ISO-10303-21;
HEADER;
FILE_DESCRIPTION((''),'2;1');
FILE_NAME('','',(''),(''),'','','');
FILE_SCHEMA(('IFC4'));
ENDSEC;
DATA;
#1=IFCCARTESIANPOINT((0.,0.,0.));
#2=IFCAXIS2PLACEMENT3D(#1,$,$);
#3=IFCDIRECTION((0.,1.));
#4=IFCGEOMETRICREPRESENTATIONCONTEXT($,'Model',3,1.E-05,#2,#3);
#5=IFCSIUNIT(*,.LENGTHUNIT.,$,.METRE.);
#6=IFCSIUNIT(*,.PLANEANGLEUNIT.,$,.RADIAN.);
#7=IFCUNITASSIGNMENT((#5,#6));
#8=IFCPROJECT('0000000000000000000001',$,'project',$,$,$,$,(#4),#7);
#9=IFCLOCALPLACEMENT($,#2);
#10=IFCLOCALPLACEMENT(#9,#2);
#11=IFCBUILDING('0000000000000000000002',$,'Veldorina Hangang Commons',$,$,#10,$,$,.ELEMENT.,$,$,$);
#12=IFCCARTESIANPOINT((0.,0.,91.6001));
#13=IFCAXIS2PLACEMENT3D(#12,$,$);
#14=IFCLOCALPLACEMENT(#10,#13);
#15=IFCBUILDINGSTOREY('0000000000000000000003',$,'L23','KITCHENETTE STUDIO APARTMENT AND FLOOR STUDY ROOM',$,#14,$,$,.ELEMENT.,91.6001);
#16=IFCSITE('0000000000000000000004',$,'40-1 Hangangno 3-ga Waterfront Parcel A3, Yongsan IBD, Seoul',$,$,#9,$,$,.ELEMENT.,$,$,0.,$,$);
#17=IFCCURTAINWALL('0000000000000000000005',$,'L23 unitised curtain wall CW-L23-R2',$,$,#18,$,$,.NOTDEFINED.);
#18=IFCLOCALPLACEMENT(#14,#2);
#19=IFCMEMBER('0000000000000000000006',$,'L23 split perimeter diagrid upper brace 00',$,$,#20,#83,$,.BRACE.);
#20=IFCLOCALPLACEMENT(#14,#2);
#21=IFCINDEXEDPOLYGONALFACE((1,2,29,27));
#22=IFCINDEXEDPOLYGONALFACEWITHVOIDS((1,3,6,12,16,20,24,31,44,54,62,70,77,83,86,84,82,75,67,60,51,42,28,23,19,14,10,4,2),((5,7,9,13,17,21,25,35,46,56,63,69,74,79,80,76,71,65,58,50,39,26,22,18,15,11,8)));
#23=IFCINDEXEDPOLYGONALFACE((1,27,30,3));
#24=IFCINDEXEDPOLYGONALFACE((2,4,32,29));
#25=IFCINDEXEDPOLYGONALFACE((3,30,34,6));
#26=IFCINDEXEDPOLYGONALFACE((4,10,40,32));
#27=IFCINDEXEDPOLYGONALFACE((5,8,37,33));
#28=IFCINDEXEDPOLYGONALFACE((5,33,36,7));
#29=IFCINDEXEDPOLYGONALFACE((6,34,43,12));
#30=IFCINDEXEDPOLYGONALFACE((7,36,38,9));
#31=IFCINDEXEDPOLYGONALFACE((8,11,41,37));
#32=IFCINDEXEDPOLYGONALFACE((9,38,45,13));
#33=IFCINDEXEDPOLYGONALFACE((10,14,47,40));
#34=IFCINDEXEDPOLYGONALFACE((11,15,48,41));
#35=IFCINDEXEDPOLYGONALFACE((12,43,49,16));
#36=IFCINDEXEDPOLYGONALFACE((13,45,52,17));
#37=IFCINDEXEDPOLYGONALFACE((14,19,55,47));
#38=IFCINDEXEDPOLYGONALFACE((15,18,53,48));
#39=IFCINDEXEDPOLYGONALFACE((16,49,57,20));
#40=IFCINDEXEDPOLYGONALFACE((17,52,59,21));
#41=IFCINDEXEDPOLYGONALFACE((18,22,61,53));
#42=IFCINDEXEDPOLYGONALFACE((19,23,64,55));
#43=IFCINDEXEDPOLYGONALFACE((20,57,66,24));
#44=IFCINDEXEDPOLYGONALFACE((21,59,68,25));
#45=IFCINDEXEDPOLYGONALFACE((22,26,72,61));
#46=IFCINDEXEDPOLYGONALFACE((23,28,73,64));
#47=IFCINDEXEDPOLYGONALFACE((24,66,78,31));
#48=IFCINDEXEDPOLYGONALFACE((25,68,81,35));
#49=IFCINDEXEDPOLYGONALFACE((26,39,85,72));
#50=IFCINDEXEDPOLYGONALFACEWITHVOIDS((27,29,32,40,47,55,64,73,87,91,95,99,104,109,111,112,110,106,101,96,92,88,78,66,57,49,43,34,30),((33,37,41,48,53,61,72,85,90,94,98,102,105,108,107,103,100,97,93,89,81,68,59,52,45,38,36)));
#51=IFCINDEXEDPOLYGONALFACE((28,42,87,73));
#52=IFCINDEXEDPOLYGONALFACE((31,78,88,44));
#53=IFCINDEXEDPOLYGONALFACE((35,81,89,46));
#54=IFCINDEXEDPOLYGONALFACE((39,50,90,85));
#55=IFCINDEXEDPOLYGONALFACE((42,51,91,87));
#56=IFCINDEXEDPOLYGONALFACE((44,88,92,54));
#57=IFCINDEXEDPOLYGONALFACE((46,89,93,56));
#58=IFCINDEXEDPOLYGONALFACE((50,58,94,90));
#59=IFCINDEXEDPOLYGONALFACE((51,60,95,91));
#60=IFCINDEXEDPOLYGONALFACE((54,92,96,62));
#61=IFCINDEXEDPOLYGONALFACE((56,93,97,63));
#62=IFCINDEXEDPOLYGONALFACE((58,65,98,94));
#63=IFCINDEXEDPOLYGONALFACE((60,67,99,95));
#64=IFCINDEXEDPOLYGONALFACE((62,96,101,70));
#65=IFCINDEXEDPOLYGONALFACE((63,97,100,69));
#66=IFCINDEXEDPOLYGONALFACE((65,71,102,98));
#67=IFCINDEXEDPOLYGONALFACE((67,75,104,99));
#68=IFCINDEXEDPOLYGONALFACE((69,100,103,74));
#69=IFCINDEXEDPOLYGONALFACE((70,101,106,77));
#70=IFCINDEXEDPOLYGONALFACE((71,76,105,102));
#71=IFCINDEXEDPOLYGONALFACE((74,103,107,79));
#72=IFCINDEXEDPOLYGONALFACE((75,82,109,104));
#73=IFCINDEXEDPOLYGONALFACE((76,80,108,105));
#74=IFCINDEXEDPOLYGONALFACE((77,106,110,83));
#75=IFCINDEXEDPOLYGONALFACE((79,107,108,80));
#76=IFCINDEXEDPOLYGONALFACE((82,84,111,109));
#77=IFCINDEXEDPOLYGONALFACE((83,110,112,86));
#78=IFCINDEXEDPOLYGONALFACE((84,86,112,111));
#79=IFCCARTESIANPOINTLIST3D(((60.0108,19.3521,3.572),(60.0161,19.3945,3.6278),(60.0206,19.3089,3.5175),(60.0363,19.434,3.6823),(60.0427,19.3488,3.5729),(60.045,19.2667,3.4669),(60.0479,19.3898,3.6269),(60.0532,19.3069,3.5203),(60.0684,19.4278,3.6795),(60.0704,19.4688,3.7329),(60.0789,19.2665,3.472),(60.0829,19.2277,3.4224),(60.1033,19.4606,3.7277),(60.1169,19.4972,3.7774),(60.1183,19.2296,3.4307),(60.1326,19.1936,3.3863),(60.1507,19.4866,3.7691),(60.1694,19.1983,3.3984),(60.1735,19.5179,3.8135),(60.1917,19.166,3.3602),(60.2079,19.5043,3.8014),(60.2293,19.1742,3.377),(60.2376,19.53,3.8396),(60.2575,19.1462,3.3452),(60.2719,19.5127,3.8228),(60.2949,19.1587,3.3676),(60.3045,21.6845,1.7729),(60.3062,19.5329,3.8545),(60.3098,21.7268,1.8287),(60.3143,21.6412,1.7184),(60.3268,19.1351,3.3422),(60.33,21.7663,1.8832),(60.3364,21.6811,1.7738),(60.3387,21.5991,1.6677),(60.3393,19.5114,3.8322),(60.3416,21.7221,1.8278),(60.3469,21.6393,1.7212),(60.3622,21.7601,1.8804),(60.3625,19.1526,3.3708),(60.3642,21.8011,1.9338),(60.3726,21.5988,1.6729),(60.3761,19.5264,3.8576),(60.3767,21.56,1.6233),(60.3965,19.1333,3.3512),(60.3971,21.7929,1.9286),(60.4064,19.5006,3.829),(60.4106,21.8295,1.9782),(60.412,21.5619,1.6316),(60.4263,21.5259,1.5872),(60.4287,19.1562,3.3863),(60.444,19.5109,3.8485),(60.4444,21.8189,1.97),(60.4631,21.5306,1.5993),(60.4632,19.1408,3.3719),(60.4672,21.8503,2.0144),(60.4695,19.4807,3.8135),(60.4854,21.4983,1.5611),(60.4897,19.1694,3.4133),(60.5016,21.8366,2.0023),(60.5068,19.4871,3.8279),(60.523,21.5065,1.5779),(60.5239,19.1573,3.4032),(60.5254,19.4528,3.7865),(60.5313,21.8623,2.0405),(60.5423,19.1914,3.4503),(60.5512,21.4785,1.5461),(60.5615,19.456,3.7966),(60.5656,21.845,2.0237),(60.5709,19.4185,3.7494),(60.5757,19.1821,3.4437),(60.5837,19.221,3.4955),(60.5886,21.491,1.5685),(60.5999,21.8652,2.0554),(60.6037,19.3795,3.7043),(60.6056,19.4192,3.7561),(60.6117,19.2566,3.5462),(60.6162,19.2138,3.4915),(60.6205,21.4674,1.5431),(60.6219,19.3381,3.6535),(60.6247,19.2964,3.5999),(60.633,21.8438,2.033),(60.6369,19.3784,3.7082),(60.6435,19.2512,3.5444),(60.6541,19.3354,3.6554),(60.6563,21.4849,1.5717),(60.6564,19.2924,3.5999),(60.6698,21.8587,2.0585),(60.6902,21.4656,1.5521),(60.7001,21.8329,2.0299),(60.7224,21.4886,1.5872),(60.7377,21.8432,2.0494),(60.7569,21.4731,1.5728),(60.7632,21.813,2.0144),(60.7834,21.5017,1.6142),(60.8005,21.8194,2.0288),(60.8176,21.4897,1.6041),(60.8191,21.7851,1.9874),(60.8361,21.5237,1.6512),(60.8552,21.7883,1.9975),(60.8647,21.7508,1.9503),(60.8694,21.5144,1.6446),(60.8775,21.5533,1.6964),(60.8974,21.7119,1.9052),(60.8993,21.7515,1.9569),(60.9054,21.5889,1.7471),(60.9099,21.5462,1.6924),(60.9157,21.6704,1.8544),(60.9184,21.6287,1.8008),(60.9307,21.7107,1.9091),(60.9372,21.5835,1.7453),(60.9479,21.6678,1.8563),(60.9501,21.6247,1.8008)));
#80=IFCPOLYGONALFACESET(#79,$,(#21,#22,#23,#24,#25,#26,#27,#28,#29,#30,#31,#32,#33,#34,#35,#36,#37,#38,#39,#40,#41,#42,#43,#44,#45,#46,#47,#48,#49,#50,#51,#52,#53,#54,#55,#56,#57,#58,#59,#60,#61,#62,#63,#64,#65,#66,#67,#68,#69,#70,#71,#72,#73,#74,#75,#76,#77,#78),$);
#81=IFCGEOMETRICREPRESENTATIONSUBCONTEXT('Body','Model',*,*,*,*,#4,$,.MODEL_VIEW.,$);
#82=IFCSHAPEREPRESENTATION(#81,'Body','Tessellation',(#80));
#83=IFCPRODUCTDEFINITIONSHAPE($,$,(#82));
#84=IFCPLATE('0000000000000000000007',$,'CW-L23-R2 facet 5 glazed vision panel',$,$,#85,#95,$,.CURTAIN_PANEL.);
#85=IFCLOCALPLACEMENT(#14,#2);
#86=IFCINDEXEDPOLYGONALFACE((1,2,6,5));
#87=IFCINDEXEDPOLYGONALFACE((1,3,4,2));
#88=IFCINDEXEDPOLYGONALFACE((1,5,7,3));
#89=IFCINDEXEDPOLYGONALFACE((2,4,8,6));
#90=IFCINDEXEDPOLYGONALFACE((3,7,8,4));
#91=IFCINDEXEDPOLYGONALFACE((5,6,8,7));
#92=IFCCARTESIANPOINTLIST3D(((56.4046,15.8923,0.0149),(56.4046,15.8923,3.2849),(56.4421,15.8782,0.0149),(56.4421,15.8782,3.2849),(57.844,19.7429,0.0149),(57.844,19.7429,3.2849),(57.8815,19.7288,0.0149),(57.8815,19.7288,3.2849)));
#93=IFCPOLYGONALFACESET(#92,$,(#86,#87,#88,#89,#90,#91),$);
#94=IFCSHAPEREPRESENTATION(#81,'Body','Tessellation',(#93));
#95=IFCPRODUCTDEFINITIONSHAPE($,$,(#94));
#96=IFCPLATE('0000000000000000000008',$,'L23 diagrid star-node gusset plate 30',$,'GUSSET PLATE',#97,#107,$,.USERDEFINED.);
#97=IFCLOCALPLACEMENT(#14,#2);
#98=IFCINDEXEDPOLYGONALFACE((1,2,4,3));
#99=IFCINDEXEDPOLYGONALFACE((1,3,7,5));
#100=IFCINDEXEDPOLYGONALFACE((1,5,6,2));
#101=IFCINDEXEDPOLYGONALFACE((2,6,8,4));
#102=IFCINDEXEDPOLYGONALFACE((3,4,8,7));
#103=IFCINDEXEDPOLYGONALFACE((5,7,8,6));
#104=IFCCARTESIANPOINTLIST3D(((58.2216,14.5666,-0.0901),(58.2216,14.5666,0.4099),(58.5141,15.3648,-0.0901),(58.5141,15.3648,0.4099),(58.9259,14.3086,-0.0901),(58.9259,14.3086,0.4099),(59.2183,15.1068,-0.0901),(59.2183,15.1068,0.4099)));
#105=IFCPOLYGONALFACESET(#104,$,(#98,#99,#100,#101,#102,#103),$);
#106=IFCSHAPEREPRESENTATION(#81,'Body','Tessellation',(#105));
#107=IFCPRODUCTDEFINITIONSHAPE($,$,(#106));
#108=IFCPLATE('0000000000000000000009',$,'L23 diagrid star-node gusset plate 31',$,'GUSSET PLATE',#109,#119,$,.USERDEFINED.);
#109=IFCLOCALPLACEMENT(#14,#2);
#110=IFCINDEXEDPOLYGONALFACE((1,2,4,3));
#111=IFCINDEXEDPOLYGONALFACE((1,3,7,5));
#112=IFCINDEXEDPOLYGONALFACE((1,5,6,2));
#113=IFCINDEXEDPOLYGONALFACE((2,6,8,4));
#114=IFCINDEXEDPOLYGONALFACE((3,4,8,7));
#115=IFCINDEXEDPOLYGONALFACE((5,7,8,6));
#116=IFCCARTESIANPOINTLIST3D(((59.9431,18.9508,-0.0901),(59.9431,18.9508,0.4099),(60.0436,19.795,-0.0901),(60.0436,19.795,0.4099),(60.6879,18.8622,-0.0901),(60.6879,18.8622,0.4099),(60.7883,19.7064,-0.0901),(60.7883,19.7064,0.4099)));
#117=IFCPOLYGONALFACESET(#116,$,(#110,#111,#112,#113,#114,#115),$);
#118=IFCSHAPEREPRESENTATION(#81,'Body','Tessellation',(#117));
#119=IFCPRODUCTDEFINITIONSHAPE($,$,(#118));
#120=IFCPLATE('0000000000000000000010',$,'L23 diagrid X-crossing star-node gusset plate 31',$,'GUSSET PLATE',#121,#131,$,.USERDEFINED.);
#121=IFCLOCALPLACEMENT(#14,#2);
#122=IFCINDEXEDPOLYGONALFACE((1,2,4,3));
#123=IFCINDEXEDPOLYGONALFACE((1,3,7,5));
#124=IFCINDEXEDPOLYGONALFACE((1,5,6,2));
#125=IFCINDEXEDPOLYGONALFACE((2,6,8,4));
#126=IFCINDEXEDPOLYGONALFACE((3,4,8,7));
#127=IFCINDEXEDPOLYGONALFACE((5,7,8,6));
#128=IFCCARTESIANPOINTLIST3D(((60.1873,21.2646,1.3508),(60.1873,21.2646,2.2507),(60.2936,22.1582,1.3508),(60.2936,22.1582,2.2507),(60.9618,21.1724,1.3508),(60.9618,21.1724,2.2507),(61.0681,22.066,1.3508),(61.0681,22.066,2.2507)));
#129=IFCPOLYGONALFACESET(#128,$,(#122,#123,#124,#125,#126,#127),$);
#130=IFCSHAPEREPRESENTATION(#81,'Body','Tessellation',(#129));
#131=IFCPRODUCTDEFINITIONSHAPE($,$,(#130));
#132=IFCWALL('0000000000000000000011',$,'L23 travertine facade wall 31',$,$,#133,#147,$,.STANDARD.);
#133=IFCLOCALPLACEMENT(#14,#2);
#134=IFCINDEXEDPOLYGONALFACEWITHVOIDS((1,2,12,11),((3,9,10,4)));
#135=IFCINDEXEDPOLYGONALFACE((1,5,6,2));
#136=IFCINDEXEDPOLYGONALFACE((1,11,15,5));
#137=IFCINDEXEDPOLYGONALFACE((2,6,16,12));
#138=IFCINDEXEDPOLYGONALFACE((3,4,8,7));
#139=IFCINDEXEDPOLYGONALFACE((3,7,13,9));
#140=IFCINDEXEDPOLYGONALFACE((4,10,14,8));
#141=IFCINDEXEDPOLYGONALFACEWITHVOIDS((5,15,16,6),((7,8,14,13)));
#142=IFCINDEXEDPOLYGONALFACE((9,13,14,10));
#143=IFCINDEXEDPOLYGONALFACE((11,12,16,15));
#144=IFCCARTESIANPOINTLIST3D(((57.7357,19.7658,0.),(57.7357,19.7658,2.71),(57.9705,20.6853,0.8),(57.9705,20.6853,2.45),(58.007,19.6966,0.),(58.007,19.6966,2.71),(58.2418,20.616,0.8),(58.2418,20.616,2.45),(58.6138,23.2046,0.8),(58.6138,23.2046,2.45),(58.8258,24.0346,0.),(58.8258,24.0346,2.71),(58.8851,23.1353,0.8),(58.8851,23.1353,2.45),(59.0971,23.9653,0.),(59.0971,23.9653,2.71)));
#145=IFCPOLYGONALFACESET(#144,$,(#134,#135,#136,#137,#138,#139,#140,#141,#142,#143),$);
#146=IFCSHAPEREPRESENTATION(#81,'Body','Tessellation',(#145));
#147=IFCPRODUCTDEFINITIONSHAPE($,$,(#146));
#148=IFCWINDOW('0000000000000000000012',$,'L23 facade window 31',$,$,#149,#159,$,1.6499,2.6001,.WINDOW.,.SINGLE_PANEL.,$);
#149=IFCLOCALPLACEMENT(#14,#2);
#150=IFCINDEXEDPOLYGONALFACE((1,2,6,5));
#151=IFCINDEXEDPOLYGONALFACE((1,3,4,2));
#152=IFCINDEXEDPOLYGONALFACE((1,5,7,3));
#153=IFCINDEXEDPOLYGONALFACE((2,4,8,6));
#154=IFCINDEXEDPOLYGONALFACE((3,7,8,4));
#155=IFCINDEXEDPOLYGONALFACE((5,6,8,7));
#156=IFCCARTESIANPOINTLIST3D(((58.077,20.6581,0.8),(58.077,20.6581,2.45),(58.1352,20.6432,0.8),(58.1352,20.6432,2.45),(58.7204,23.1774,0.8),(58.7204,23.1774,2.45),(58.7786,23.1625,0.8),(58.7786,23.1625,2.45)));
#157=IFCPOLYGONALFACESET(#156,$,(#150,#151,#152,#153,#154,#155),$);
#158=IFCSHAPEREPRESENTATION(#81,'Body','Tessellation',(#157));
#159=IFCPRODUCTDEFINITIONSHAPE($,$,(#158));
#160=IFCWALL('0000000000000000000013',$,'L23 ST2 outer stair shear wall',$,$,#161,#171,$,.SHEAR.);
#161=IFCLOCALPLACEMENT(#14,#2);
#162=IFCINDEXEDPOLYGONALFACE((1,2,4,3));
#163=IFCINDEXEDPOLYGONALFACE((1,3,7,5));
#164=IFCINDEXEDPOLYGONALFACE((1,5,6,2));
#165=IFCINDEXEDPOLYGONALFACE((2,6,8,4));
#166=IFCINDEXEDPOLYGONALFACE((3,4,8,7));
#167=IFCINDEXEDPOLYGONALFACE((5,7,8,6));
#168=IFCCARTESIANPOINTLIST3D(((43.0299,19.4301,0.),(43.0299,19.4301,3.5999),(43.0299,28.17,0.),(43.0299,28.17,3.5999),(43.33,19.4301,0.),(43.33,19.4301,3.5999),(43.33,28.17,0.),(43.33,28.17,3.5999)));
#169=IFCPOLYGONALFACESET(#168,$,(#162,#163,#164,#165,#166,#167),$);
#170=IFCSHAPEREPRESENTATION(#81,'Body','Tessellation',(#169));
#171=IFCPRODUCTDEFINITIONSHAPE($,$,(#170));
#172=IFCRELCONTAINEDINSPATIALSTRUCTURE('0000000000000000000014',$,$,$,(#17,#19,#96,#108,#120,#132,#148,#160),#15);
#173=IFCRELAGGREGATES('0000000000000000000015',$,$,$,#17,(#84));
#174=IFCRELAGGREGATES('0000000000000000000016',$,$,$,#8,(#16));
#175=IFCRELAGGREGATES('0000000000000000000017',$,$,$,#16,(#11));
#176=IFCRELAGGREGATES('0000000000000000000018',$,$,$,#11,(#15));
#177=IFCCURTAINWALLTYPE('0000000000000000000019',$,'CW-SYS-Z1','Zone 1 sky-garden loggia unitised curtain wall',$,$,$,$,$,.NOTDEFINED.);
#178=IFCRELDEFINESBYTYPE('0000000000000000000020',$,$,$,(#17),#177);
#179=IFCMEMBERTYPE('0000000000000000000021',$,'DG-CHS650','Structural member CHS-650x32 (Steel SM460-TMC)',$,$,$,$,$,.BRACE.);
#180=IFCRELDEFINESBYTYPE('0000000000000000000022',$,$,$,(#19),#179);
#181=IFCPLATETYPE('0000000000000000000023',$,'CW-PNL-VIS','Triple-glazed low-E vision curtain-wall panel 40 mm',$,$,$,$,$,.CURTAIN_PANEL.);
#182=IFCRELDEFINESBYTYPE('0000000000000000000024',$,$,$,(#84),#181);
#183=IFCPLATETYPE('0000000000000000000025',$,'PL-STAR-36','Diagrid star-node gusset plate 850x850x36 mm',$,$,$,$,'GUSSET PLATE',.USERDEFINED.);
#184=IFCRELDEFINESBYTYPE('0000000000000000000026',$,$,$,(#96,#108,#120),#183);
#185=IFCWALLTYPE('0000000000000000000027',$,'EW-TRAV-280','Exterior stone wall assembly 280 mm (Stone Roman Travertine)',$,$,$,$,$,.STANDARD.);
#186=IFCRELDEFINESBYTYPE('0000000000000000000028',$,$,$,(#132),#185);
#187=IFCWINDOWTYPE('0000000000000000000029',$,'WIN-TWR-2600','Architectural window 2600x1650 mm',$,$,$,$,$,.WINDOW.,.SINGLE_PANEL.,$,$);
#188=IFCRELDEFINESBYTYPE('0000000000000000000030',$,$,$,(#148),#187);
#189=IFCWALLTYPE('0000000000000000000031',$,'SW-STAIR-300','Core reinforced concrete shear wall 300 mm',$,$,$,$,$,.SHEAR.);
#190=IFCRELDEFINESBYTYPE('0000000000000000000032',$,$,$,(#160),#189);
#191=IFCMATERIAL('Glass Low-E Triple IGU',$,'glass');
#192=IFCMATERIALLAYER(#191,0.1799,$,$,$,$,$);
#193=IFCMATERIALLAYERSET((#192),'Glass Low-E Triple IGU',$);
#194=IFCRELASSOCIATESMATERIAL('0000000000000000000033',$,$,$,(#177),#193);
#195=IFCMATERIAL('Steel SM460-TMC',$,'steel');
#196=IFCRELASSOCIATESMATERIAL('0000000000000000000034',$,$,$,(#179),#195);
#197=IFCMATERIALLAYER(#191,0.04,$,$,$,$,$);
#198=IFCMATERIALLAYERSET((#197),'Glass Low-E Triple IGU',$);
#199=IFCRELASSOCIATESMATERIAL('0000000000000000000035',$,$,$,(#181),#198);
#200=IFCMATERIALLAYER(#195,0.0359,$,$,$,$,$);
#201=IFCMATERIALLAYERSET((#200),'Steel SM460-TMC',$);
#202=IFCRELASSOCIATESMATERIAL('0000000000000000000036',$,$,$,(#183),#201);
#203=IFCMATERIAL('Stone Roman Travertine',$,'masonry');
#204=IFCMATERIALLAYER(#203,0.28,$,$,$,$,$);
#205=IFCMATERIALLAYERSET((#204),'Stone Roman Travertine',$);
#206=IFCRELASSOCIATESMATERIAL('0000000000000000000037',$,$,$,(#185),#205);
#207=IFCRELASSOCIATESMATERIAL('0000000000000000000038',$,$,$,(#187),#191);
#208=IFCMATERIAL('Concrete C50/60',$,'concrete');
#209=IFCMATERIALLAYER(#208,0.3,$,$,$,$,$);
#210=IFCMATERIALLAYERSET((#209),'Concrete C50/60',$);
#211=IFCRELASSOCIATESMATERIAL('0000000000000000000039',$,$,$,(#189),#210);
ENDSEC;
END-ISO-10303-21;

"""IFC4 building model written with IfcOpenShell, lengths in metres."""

from ifc_helpers import new_model, si_unit, direction, frame, frame_2d, origin, origin_2d, place, context, subcontext, project, spatial, rectangle, hollow_circle, extrude, material, layer, layer_set, material_profile, profile_set, type_object, element, fill, aggregate, save


model = new_model("IFC4")

# Units and contexts
model_context = context("Model", 3, precision=1e-05, world=origin(), true_north=direction((0.0, 1.0)))
body_context = subcontext(model_context, "Body", "Model", "MODEL_VIEW")
ifc_project = project(units=[si_unit("LENGTHUNIT", "METRE"), si_unit("PLANEANGLEUNIT", "RADIAN")], contexts=[model_context])

# Site, building, storey
site_placement = place(None, origin())
site = spatial("IfcSite", under=ifc_project, at=site_placement, Name="40-1 Hangangno 3-ga Waterfront Parcel A3, Yongsan IBD, Seoul", CompositionType="ELEMENT", RefElevation=0.0)
building_placement = place(site_placement, origin())
building = spatial("IfcBuilding", under=site, at=building_placement, Name="Veldorina Hangang Commons", CompositionType="ELEMENT")
storey_placement = place(building_placement, frame((0.0, 0.0, 91.6001)))
storey = spatial("IfcBuildingStorey", under=building, at=storey_placement, Name="L23", Description="KITCHENETTE STUDIO APARTMENT AND FLOOR STUDY ROOM", CompositionType="ELEMENT", Elevation=91.6001)

# Curtain wall
ifc_material_1 = material(Name="Glass Low-E Triple IGU", Category="glass")
ifc_layer_1 = layer(ifc_material_1, 0.1799)
ifc_layer_set_1 = layer_set([ifc_layer_1], Name="Glass Low-E Triple IGU")
curtain_wall_type = type_object("IfcCurtainWallType", Name="CW-SYS-Z1", Description="Zone 1 sky-garden loggia unitised curtain wall", PredefinedType="NOTDEFINED", material=ifc_layer_set_1)
curtain_wall_placement = place(storey_placement, origin())
curtain_wall = element("IfcCurtainWall", 1, at=curtain_wall_placement, inside=storey, type_object=curtain_wall_type, Name="L23 unitised curtain wall CW-L23-R2", PredefinedType="NOTDEFINED")

# Member
ifc_material_2 = material(Name="Steel SM460-TMC", Category="steel")
ifc_material_profile_1 = material_profile(ifc_material_2, hollow_circle(Radius=0.325, WallThickness=0.032, at=origin_2d()), Name="CHS-650x32")
ifc_profile_set_1 = profile_set([ifc_material_profile_1], Name="Steel SM460-TMC")
member_type_1 = type_object("IfcMemberType", Name="DG-CHS650", Description="Structural member CHS-650x32 (Steel SM460-TMC)", PredefinedType="BRACE", material=ifc_profile_set_1)
member_1_placement = place(storey_placement, frame((60.6277, 21.6653, 1.8008), z_axis=(-0.099219, -0.787894, 0.607766), x_axis=(0.992164, -0.124942, 0.0)))
element("IfcMember", 2, at=member_1_placement, inside=storey, type_object=member_type_1, Name="L23 split perimeter diagrid upper brace 00", PredefinedType="BRACE", context=body_context, shape_type="SweptSolid", body=[
    extrude(hollow_circle(Radius=0.325, WallThickness=0.032, at=origin_2d()), origin(), (0.0, 0.0, 1.0), 2.9602),
])

# Plate
ifc_layer_2 = layer(ifc_material_1, 0.04)
ifc_layer_set_2 = layer_set([ifc_layer_2], Name="Glass Low-E Triple IGU")
plate_type_1 = type_object("IfcPlateType", Name="CW-PNL-VIS", Description="Triple-glazed low-E vision curtain-wall panel 40 mm", PredefinedType="CURTAIN_PANEL", material=ifc_layer_set_2)
plate_1_placement = place(storey_placement, frame((57.1431, 17.8105, 0.0149), z_axis=(0.0, 0.0, 1.0), x_axis=(0.350142, 0.936697, 0.0)))
plate_1 = element("IfcPlate", 3, at=plate_1_placement, type_object=plate_type_1, Name="CW-L23-R2 facet 5 glazed vision panel", PredefinedType="CURTAIN_PANEL", context=body_context, shape_type="SweptSolid", body=[
    extrude(rectangle(XDim=4.1108, YDim=0.04, at=origin_2d()), origin(), (0.0, 0.0, 1.0), 3.27),
])
aggregate(curtain_wall, [plate_1])

# Plates
ifc_layer_3 = layer(ifc_material_2, 0.0359)
ifc_layer_set_3 = layer_set([ifc_layer_3], Name="Steel SM460-TMC")
plate_type_2 = type_object("IfcPlateType", Name="PL-STAR-36", Description="Diagrid star-node gusset plate 850x850x36 mm", ElementType="GUSSET PLATE", PredefinedType="USERDEFINED", material=ifc_layer_set_3)
for number, where, z_axis, x_axis, name in (
    (4, (58.72, 14.8367, -0.0901), (0.0, 0.0, 1.0), (0.34402, 0.938962, 0.0), "L23 diagrid star-node gusset plate 30"),
    (5, (60.3657, 19.3286, -0.0901), (0.0, 0.0, 1.0), (0.118127, 0.992999, 0.0), "L23 diagrid star-node gusset plate 31"),
):
    element("IfcPlate", number, at=place(storey_placement, frame(where, z_axis=z_axis, x_axis=x_axis)), inside=storey, type_object=plate_type_2, Name=name, ObjectType="GUSSET PLATE", PredefinedType="USERDEFINED", context=body_context, shape_type="SweptSolid", body=[
        extrude(rectangle(XDim=0.8501, YDim=0.75, at=origin_2d()), origin(), (0.0, 0.0, 1.0), 0.5),
    ])
plate_2_placement = place(storey_placement, frame((60.6277, 21.6653, 1.3508), z_axis=(0.0, 0.0, 1.0), x_axis=(0.118127, 0.992999, 0.0)))
element("IfcPlate", 6, at=plate_2_placement, inside=storey, type_object=plate_type_2, Name="L23 diagrid X-crossing star-node gusset plate 31", ObjectType="GUSSET PLATE", PredefinedType="USERDEFINED", context=body_context, shape_type="SweptSolid", body=[
    extrude(rectangle(XDim=0.8999, YDim=0.78, at=origin_2d()), origin(), (0.0, 0.0, 1.0), 0.8999),
])

# Wall, opening, window
ifc_material_3 = material(Name="Stone Roman Travertine", Category="masonry")
ifc_layer_4 = layer(ifc_material_3, 0.28)
ifc_layer_set_4 = layer_set([ifc_layer_4], Name="Stone Roman Travertine")
wall_type_1 = type_object("IfcWallType", Name="EW-TRAV-280", Description="Exterior stone wall assembly 280 mm (Stone Roman Travertine)", PredefinedType="STANDARD", material=ifc_layer_set_4)
wall_1_placement = place(storey_placement, frame((57.8713, 19.7312, 0.0), z_axis=(0.0, 0.0, 1.0), x_axis=(0.247422, 0.968908, 0.0)))
wall_1 = element("IfcWall", 7, at=wall_1_placement, inside=storey, type_object=wall_type_1, Name="L23 travertine facade wall 31", PredefinedType="STANDARD", context=body_context, shape_type="SweptSolid", body=[
    extrude(rectangle(XDim=4.4058, YDim=0.28, at=frame_2d((2.2029, 0.0))), origin(), (0.0, 0.0, 1.0), 2.71),
])
opening_1_placement = place(wall_1_placement, frame((0.949, 0.0, 0.8)))
opening_1 = element("IfcOpeningElement", 8, at=opening_1_placement, cuts=wall_1, PredefinedType="OPENING", context=body_context, shape_type="SweptSolid", body=[
    extrude(rectangle(XDim=2.6001, YDim=1.6499, at=frame_2d((1.3, 0.825))), frame((0.0, 0.1499, 0.0), z_axis=(0.0, -1.0, 0.0), x_axis=(1.0, 0.0, 0.0)), (0.0, 0.0, 1.0), 0.3),
])
window_type = type_object("IfcWindowType", Name="WIN-TWR-2600", Description="Architectural window 2600x1650 mm", PartitioningType="SINGLE_PANEL", PredefinedType="WINDOW", material=ifc_material_1)
window_placement = place(opening_1_placement, origin())
window = element("IfcWindow", 9, at=window_placement, inside=storey, type_object=window_type, Name="L23 facade window 31", OverallHeight=1.6499, OverallWidth=2.6001, PartitioningType="SINGLE_PANEL", PredefinedType="WINDOW", context=body_context, shape_type="SweptSolid", body=[
    extrude(rectangle(XDim=2.6001, YDim=1.6499, at=frame_2d((1.3, 0.825))), frame((0.0, 0.03, 0.0), z_axis=(0.0, -1.0, 0.0), x_axis=(1.0, 0.0, 0.0)), (0.0, 0.0, 1.0), 0.0601),
])
fill(opening_1, window)

# Wall
ifc_material_4 = material(Name="Concrete C50/60", Category="concrete")
ifc_layer_5 = layer(ifc_material_4, 0.3)
ifc_layer_set_5 = layer_set([ifc_layer_5], Name="Concrete C50/60")
wall_type_2 = type_object("IfcWallType", Name="SW-STAIR-300", Description="Core reinforced concrete shear wall 300 mm", PredefinedType="SHEAR", material=ifc_layer_set_5)
wall_2_placement = place(storey_placement, frame((43.1799, 19.4299, 0.0), z_axis=(0.0, 0.0, 1.0), x_axis=(0.0, 1.0, 0.0)))
element("IfcWall", 10, at=wall_2_placement, inside=storey, type_object=wall_type_2, Name="L23 ST2 outer stair shear wall", PredefinedType="SHEAR", context=body_context, shape_type="SweptSolid", body=[
    extrude(rectangle(XDim=8.74, YDim=0.3, at=frame_2d((4.3701, 0.0))), origin(), (0.0, 0.0, 1.0), 3.5999),
])

save(model, "model.ifc")
